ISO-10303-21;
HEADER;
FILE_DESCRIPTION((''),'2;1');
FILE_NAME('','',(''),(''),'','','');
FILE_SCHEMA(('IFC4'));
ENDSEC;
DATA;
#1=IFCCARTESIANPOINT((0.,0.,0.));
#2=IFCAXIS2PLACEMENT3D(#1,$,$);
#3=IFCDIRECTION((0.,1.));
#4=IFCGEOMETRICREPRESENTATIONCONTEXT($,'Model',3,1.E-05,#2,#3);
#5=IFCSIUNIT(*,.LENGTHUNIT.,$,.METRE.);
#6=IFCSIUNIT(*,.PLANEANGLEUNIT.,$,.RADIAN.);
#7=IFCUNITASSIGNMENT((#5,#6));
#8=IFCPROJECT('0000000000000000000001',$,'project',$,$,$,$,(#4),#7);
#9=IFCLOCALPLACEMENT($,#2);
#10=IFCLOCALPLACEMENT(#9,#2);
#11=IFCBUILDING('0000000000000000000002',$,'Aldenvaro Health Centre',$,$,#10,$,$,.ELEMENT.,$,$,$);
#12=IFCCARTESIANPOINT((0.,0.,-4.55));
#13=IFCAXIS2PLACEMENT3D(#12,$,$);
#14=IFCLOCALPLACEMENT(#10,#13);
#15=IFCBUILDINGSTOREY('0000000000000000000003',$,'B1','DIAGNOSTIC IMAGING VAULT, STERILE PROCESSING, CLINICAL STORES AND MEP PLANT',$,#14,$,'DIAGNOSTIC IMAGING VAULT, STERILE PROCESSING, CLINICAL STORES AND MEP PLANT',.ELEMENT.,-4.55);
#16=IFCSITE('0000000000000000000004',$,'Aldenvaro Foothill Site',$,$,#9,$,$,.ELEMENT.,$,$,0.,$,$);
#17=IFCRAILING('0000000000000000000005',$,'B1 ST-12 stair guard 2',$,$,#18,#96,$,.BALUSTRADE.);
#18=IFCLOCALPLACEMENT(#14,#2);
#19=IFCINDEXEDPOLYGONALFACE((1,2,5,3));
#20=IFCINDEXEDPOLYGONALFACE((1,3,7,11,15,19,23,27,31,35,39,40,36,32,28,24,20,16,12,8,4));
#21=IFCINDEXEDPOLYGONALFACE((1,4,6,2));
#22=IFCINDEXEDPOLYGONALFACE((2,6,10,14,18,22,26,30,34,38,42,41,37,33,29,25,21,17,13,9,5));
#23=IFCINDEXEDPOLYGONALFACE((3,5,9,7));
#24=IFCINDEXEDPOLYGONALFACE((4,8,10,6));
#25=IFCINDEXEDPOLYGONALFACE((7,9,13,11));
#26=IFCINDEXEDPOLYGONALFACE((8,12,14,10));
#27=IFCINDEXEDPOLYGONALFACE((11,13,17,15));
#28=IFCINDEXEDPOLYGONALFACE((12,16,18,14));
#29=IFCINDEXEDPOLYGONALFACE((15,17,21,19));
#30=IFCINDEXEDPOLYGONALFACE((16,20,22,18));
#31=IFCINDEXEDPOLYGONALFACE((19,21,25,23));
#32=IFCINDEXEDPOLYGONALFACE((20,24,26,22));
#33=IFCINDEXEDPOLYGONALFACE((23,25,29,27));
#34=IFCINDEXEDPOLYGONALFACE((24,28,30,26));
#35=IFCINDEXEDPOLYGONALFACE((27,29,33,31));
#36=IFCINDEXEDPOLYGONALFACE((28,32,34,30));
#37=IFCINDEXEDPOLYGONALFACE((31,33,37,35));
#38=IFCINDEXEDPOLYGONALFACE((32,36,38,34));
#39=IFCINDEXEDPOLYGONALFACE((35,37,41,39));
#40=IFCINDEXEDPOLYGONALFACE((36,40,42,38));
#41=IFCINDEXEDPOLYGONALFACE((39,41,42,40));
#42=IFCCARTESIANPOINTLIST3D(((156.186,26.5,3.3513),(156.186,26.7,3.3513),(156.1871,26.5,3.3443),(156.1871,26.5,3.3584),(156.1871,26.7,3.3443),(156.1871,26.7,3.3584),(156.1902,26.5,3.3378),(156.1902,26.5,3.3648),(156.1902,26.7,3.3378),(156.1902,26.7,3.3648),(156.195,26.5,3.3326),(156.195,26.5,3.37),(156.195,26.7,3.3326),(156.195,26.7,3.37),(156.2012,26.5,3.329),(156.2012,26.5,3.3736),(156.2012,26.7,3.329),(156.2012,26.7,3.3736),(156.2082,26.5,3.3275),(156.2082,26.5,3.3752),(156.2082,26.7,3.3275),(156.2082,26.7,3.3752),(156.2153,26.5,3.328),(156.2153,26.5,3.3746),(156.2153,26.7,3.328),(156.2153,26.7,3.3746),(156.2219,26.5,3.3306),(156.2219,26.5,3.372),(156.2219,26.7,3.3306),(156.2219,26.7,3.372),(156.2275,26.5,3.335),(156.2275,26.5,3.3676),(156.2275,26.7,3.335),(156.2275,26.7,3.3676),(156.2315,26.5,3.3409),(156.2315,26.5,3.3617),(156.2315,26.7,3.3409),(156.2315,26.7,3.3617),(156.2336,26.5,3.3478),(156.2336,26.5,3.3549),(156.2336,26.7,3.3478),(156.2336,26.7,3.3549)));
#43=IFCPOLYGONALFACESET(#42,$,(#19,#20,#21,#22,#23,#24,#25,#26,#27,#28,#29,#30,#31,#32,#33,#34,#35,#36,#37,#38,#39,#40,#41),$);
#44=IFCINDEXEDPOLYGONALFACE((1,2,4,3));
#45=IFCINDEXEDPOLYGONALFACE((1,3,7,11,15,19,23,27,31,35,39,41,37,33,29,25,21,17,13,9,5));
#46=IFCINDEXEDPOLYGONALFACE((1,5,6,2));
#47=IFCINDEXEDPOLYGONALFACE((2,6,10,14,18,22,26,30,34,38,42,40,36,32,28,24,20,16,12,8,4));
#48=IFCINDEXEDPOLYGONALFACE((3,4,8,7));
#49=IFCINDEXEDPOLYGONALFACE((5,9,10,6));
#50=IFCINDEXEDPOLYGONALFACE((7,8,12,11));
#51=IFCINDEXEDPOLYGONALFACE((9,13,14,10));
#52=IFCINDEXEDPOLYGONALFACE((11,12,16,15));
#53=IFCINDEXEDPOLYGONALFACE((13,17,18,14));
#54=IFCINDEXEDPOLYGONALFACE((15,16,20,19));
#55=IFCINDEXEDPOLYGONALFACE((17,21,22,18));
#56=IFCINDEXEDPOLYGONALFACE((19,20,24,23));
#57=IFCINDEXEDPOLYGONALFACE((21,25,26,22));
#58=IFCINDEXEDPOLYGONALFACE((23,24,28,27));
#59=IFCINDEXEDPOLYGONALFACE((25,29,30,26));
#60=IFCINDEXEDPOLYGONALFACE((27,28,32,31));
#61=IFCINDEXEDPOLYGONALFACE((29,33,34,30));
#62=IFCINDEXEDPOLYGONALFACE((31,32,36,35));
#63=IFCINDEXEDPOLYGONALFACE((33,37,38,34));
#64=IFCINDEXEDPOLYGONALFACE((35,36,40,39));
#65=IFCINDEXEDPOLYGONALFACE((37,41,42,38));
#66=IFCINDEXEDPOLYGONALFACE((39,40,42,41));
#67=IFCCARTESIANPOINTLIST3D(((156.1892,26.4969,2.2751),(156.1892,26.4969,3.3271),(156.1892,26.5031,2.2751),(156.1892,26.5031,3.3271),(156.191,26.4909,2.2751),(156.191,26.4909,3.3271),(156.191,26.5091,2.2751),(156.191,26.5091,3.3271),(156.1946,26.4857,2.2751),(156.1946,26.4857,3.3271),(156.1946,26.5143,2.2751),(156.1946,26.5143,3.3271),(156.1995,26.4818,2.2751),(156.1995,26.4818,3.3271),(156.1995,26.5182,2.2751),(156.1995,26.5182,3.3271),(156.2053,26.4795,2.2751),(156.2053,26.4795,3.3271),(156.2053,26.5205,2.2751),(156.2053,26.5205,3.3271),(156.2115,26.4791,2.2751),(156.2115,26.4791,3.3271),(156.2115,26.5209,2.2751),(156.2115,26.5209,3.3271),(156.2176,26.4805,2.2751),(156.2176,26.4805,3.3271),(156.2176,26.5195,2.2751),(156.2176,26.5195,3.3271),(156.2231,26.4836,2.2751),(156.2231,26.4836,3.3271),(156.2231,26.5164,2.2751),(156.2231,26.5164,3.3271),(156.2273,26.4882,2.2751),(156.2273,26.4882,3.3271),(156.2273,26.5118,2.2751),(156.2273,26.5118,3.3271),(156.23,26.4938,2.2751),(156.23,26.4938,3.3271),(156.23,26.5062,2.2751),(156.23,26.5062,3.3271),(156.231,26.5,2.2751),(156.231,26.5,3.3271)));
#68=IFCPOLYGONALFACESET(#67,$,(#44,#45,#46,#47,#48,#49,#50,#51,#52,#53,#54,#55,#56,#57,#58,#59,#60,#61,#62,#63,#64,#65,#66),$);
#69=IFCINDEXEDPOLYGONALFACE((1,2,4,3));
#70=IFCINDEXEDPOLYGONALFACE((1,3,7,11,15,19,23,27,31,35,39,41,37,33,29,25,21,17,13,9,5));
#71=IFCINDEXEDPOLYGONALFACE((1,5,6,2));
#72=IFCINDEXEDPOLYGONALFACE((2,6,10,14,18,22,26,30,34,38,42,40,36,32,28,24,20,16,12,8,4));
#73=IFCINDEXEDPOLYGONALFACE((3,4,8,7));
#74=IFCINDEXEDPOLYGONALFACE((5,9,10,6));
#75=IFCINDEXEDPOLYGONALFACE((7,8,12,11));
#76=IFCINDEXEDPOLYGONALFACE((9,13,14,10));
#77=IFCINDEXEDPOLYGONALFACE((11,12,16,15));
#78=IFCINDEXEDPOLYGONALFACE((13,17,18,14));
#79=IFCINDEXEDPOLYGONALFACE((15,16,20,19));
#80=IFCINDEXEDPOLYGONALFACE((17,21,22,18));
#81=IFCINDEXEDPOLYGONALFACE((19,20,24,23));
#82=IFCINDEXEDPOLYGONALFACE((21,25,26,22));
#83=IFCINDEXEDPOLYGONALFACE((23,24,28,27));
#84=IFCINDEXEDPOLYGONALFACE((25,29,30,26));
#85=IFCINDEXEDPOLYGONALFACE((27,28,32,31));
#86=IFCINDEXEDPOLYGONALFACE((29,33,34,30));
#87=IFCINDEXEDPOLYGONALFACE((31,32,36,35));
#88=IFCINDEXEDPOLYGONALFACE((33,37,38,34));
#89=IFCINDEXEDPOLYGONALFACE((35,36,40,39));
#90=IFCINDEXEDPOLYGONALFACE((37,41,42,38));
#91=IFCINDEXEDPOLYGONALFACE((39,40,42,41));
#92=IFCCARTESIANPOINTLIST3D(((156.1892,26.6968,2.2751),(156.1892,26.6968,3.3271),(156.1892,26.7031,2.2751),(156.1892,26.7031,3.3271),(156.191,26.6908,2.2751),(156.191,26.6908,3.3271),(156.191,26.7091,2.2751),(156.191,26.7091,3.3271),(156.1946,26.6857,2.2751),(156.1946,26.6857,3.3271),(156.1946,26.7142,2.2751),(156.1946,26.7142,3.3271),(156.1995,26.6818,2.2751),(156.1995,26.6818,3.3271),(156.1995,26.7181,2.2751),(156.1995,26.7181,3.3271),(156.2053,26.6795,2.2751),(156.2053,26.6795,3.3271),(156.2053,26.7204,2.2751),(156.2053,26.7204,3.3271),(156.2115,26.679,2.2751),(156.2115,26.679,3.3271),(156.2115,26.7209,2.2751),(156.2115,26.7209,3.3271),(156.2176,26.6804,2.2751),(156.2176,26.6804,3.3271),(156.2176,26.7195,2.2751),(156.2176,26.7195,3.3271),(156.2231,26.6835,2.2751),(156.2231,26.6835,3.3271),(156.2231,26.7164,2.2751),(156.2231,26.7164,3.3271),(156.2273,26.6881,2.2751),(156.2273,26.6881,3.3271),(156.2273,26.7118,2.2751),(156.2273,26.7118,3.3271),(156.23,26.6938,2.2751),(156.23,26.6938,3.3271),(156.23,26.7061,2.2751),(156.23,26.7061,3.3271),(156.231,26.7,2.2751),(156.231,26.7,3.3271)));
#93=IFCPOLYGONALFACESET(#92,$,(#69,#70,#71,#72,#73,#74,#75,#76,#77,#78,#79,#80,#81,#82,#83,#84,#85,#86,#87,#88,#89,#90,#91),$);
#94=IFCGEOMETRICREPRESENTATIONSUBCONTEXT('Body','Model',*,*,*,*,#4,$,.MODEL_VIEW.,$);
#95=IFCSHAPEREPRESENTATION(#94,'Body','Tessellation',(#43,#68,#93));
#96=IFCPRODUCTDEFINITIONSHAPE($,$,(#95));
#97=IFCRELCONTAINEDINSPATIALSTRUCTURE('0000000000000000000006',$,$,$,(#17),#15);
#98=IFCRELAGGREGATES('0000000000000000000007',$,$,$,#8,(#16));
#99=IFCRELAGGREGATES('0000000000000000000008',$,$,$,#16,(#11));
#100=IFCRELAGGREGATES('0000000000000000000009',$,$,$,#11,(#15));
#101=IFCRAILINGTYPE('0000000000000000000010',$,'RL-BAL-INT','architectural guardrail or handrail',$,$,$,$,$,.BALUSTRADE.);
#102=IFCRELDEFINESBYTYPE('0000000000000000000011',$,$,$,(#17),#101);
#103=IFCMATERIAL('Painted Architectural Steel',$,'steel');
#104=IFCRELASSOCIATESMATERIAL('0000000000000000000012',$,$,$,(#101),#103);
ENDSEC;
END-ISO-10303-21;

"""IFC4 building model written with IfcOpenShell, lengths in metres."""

from ifc_helpers import new_model, si_unit, direction, frame, origin, origin_2d, place, context, subcontext, project, spatial, circle, extrude, material, type_object, element, save


model = new_model("IFC4")

# Units and contexts
model_context = context("Model", 3, precision=1e-05, world=origin(), true_north=direction((0.0, 1.0)))
body_context = subcontext(model_context, "Body", "Model", "MODEL_VIEW")
ifc_project = project(units=[si_unit("LENGTHUNIT", "METRE"), si_unit("PLANEANGLEUNIT", "RADIAN")], contexts=[model_context])

# Site, building, storey
site_placement = place(None, origin())
site = spatial("IfcSite", under=ifc_project, at=site_placement, Name="Aldenvaro Foothill Site", CompositionType="ELEMENT", RefElevation=0.0)
building_placement = place(site_placement, origin())
building = spatial("IfcBuilding", under=site, at=building_placement, Name="Aldenvaro Health Centre", CompositionType="ELEMENT")
storey_placement = place(building_placement, frame((0.0, 0.0, -4.55)))
storey = spatial("IfcBuildingStorey", under=building, at=storey_placement, Name="B1", Description="DIAGNOSTIC IMAGING VAULT, STERILE PROCESSING, CLINICAL STORES AND MEP PLANT", LongName="DIAGNOSTIC IMAGING VAULT, STERILE PROCESSING, CLINICAL STORES AND MEP PLANT", CompositionType="ELEMENT", Elevation=-4.55)

# Railing
ifc_material_1 = material(Name="Painted Architectural Steel", Category="steel")
railing_type_1 = type_object("IfcRailingType", Name="RL-BAL-INT", Description="architectural guardrail or handrail", PredefinedType="BALUSTRADE", material=ifc_material_1)
railing_1_placement = place(storey_placement, frame((156.21, 26.5, 2.2751)))
element("IfcRailing", 1, at=railing_1_placement, inside=storey, type_object=railing_type_1, Name="B1 ST-12 stair guard 2", PredefinedType="BALUSTRADE", context=body_context, shape_type="SweptSolid", body=[
    extrude(circle(Radius=0.0239, at=origin_2d()), frame((0.0, 0.0, 1.0762), z_axis=(0.0, 1.0, 0.0), x_axis=(-1.0, 0.0, 0.0)), (0.0, 0.0, 1.0), 0.2),
    extrude(circle(Radius=0.021, at=origin_2d()), origin(), (0.0, 0.0, 1.0), 1.052),
    extrude(circle(Radius=0.021, at=origin_2d()), frame((0.0, 0.2, 0.0)), (0.0, 0.0, 1.0), 1.052),
])

save(model, "model.ifc")
